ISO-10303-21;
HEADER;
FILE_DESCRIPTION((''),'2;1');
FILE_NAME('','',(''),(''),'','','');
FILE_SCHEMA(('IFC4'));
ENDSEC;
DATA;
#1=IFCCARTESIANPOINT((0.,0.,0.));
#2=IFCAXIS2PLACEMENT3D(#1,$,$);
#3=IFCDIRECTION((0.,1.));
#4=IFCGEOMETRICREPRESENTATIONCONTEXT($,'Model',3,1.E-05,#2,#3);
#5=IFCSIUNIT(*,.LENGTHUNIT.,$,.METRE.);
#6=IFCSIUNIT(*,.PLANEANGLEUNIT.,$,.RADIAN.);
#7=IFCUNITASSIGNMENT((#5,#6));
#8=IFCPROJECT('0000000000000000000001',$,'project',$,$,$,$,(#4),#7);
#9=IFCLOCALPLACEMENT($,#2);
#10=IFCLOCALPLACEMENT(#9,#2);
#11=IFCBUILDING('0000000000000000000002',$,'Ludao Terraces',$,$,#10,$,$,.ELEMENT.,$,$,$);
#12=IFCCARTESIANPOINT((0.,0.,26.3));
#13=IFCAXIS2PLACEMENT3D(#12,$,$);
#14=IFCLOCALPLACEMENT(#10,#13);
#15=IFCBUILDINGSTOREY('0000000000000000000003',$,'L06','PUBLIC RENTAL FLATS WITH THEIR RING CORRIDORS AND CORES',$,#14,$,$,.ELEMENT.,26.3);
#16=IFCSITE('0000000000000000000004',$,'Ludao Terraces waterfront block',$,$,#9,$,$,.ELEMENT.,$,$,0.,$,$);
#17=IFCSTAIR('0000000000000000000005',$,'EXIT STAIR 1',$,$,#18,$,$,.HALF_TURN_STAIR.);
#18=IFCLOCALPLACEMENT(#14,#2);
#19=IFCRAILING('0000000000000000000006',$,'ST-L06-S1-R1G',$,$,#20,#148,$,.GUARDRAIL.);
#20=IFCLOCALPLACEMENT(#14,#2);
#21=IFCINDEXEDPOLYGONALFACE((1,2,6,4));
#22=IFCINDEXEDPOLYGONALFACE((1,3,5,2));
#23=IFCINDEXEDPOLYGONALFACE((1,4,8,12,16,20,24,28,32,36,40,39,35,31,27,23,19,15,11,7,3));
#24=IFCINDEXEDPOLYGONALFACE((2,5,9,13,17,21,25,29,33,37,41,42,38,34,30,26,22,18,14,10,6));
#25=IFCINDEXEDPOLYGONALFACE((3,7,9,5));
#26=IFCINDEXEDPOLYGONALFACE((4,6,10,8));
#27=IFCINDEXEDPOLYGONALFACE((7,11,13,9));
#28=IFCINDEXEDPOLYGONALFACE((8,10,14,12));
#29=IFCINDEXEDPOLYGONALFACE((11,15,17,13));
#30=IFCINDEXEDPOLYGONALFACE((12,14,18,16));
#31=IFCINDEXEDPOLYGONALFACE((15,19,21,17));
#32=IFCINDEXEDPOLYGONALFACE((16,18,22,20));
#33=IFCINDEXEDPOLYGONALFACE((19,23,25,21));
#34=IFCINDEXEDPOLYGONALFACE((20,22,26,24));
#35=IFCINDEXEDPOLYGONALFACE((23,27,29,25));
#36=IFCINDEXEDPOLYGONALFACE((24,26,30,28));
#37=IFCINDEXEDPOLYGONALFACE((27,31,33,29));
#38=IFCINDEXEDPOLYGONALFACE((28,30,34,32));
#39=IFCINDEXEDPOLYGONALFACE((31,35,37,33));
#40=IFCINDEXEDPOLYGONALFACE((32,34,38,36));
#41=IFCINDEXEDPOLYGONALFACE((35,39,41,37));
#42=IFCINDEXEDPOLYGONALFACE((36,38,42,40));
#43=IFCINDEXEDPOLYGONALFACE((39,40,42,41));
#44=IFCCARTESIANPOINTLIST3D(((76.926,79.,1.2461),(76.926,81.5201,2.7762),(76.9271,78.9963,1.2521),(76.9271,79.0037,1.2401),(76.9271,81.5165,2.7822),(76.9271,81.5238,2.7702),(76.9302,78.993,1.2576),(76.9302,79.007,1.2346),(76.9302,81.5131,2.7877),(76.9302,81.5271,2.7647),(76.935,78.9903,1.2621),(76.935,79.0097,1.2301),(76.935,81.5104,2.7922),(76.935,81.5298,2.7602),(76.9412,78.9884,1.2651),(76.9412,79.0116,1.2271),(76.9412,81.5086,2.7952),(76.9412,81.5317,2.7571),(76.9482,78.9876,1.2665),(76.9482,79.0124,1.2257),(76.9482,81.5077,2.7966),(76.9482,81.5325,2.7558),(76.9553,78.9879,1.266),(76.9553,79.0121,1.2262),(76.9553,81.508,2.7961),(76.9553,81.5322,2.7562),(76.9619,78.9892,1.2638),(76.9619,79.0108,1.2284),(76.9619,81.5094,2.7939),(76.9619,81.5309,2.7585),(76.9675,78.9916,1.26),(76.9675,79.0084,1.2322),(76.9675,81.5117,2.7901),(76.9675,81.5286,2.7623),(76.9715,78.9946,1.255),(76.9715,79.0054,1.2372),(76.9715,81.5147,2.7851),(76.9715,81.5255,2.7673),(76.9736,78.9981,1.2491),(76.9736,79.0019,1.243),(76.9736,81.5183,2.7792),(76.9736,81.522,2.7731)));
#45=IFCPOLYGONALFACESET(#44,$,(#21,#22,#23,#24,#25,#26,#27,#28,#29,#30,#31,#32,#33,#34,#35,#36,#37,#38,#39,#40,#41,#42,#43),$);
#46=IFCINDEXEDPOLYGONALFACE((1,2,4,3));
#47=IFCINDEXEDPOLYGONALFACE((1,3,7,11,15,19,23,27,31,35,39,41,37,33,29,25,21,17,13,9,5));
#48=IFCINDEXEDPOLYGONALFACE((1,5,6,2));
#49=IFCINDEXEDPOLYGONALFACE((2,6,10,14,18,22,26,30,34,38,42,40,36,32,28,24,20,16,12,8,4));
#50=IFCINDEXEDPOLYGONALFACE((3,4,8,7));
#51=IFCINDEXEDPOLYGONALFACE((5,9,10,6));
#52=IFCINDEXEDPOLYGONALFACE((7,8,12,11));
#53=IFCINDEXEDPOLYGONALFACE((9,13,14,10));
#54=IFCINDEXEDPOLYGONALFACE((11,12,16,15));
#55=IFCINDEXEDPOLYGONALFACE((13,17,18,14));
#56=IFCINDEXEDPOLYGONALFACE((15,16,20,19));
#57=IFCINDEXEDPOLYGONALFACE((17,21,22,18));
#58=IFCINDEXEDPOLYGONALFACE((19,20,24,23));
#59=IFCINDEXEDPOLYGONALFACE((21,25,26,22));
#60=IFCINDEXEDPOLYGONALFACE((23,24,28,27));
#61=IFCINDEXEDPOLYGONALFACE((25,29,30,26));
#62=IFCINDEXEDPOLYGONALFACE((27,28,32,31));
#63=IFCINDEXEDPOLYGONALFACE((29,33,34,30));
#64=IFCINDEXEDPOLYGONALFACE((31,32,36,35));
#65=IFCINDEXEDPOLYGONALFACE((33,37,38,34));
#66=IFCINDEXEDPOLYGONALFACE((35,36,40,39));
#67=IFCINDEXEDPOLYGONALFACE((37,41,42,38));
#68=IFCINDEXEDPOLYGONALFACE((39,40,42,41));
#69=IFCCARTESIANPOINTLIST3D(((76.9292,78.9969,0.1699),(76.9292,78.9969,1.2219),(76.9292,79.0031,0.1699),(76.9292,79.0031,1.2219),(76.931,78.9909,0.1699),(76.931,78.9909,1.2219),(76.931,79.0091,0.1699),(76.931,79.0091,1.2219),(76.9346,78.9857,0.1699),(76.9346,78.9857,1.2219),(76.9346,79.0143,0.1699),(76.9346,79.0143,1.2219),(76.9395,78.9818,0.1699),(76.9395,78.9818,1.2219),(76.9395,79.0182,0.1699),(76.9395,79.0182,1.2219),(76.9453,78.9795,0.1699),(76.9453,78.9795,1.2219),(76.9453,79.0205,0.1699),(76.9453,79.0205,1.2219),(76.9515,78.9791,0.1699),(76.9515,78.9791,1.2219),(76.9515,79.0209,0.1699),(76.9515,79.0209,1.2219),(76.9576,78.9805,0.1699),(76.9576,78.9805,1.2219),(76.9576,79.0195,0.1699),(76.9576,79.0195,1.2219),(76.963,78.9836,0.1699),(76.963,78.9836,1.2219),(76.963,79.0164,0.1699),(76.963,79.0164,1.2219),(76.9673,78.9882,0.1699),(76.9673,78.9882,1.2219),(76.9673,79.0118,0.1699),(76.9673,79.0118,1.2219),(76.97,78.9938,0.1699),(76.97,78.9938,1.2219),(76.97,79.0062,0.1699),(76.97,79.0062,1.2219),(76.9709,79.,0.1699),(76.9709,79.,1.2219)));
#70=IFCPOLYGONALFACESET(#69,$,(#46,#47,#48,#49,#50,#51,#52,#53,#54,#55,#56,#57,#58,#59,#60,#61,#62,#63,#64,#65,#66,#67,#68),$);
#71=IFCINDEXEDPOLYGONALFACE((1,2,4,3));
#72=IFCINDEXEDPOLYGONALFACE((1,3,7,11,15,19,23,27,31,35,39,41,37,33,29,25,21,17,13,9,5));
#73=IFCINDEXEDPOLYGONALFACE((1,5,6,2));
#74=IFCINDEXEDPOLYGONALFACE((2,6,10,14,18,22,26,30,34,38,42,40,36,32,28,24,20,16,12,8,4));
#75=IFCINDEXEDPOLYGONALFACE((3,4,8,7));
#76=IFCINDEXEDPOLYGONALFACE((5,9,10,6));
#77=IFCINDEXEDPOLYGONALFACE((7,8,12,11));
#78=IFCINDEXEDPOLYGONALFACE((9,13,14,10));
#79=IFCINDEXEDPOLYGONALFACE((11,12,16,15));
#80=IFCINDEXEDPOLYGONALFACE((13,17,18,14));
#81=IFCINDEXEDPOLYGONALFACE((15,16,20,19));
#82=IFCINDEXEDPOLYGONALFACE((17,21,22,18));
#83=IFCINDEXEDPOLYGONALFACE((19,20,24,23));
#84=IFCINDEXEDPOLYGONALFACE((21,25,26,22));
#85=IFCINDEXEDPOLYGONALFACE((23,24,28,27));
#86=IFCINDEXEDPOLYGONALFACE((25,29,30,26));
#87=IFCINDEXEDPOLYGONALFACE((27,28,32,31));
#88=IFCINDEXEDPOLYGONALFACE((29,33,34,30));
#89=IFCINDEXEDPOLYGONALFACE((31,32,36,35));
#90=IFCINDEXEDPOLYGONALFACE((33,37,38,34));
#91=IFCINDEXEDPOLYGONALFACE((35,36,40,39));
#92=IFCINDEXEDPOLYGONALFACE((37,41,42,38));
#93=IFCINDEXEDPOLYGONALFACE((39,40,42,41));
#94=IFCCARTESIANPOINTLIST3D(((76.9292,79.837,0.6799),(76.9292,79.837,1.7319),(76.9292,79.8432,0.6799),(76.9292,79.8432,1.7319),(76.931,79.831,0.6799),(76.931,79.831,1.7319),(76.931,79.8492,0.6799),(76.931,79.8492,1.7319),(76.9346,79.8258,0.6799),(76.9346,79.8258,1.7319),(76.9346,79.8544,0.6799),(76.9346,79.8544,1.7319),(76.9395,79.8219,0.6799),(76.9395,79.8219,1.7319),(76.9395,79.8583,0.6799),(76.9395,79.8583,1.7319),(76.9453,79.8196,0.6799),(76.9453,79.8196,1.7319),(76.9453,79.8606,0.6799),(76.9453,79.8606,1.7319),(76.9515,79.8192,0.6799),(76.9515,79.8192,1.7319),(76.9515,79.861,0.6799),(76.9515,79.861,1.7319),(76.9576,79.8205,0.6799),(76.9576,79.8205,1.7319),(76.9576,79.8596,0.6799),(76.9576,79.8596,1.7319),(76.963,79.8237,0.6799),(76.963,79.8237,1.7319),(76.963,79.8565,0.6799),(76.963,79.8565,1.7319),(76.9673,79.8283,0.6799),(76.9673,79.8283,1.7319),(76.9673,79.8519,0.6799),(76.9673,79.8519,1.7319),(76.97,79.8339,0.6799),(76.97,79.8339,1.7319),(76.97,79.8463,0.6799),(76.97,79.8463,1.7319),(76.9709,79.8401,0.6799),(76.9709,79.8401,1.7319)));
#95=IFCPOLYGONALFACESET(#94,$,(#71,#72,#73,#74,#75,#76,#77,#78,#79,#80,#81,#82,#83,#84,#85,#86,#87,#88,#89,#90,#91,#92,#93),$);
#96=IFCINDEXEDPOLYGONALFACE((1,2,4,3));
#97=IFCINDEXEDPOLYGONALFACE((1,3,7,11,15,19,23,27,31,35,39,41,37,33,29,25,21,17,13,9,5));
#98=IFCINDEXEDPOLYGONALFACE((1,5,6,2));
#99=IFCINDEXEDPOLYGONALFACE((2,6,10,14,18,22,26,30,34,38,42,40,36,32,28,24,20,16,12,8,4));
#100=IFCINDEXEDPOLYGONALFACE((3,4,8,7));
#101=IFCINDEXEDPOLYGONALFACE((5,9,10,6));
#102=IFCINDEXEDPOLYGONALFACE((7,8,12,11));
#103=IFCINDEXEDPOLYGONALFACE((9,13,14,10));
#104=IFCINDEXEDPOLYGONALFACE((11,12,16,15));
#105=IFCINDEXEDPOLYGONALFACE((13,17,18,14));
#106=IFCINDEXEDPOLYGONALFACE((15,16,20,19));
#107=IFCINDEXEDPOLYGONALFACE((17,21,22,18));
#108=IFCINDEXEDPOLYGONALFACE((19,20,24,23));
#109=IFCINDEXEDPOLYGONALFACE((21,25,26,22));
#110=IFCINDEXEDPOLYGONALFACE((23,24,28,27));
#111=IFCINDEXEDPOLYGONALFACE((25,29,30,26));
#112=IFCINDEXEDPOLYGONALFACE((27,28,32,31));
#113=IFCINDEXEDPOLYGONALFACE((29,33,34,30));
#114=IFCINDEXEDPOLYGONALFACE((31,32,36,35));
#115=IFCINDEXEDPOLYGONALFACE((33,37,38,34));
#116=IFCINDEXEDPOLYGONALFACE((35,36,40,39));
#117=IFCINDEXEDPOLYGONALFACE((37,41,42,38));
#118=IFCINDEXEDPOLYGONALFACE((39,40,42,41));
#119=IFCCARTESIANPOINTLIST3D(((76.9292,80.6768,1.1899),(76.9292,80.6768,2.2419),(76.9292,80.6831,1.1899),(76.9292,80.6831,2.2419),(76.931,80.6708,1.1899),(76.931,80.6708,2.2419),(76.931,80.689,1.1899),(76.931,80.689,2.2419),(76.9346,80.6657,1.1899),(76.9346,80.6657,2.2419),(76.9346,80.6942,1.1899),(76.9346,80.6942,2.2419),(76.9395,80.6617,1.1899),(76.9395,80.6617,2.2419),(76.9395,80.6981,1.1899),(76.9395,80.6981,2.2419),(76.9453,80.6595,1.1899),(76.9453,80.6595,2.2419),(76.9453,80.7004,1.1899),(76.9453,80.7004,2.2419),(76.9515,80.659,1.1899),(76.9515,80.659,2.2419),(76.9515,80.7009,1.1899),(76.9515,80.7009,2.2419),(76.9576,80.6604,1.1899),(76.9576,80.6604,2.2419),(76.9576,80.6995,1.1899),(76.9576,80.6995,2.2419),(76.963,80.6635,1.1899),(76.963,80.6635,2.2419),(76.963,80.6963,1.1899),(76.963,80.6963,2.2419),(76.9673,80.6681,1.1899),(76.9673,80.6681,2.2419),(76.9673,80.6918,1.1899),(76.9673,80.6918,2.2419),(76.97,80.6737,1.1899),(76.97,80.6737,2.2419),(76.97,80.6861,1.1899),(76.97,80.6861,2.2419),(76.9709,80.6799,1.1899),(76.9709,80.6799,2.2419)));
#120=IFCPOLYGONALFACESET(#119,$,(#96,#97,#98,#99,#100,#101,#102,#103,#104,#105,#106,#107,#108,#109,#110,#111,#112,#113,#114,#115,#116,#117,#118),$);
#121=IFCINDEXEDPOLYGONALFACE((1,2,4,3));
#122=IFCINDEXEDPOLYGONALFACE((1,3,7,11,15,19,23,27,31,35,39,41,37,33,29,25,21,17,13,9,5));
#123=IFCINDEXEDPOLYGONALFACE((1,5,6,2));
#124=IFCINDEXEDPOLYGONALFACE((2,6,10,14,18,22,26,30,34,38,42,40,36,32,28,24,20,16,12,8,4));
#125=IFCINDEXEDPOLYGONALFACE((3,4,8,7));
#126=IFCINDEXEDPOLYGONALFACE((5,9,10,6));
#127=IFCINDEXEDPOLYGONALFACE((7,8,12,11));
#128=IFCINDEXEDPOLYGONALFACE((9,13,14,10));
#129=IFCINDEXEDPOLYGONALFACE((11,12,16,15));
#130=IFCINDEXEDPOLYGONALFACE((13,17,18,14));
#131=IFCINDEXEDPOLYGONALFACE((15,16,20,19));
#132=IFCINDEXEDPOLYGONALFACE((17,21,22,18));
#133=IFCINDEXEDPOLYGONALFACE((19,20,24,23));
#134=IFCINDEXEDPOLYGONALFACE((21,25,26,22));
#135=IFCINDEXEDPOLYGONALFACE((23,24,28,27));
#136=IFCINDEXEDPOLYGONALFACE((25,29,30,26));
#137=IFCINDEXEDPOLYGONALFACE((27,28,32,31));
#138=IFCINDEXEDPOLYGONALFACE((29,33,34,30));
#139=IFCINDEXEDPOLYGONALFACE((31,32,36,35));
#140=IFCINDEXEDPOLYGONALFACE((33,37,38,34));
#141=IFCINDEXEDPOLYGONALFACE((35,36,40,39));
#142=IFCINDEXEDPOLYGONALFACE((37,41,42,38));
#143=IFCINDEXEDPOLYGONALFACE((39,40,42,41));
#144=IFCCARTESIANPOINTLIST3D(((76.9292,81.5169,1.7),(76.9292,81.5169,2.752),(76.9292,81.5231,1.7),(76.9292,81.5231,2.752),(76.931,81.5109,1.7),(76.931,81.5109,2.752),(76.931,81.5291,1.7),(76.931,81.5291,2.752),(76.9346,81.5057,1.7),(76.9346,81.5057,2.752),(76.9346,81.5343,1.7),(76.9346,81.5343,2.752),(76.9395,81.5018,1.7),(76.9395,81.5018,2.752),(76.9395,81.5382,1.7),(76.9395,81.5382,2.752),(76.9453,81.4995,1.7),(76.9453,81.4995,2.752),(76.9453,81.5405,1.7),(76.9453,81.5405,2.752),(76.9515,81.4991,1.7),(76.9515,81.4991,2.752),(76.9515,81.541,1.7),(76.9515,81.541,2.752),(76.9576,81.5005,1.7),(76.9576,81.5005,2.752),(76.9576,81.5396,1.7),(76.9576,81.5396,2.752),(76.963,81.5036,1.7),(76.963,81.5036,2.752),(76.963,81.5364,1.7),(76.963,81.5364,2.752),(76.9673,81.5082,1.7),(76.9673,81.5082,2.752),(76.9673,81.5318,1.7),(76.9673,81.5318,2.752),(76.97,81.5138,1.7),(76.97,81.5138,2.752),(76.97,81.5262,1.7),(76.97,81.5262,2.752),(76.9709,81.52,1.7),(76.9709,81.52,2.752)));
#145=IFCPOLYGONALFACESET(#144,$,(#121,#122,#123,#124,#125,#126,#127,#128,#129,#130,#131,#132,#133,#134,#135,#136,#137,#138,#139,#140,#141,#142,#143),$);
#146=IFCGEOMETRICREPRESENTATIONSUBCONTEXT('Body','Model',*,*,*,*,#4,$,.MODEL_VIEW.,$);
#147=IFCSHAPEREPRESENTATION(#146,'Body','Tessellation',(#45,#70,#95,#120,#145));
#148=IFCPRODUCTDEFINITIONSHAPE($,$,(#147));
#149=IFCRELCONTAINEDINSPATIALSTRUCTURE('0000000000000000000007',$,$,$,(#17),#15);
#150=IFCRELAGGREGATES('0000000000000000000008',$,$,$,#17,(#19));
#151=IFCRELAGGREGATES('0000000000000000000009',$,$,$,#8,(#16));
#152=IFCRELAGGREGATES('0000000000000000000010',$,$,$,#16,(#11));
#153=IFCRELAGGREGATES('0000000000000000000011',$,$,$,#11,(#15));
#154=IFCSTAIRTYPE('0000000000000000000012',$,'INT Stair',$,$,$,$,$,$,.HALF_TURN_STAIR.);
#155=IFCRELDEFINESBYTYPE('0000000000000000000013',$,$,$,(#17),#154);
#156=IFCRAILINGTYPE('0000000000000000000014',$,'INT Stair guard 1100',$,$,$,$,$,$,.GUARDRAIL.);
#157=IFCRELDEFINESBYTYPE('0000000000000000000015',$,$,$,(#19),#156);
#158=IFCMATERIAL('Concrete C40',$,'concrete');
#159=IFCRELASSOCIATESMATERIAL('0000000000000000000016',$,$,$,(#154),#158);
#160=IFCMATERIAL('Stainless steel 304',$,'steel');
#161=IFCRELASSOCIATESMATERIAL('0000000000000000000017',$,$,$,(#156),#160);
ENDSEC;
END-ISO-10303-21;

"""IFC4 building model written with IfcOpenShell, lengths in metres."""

from ifc_helpers import new_model, si_unit, direction, frame, origin, origin_2d, place, context, subcontext, project, spatial, circle, extrude, material, type_object, element, aggregate, save


model = new_model("IFC4")

# Units and contexts
model_context = context("Model", 3, precision=1e-05, world=origin(), true_north=direction((0.0, 1.0)))
body_context = subcontext(model_context, "Body", "Model", "MODEL_VIEW")
ifc_project = project(units=[si_unit("LENGTHUNIT", "METRE"), si_unit("PLANEANGLEUNIT", "RADIAN")], contexts=[model_context])

# Site, building, storey
site_placement = place(None, origin())
site = spatial("IfcSite", under=ifc_project, at=site_placement, Name="Ludao Terraces waterfront block", CompositionType="ELEMENT", RefElevation=0.0)
building_placement = place(site_placement, origin())
building = spatial("IfcBuilding", under=site, at=building_placement, Name="Ludao Terraces", CompositionType="ELEMENT")
storey_placement = place(building_placement, frame((0.0, 0.0, 26.3)))
storey = spatial("IfcBuildingStorey", under=building, at=storey_placement, Name="L06", Description="PUBLIC RENTAL FLATS WITH THEIR RING CORRIDORS AND CORES", CompositionType="ELEMENT", Elevation=26.3)

# Stair, railing
ifc_material_1 = material(Name="Concrete C40", Category="concrete")
stair_type = type_object("IfcStairType", Name="INT Stair", PredefinedType="HALF_TURN_STAIR", material=ifc_material_1)
stair_placement = place(storey_placement, origin())
stair = element("IfcStair", 1, at=stair_placement, inside=storey, type_object=stair_type, Name="EXIT STAIR 1", PredefinedType="HALF_TURN_STAIR")
ifc_material_2 = material(Name="Stainless steel 304", Category="steel")
railing_type_1 = type_object("IfcRailingType", Name="INT Stair guard 1100", PredefinedType="GUARDRAIL", material=ifc_material_2)
railing_1_placement = place(storey_placement, frame((76.95, 79.0, 0.1699)))
railing_1 = element("IfcRailing", 2, at=railing_1_placement, type_object=railing_type_1, Name="ST-L06-S1-R1G", PredefinedType="GUARDRAIL", context=body_context, shape_type="SweptSolid", body=[
    extrude(circle(Radius=0.0239, at=origin_2d()), frame((0.0, 0.0, 1.0762), z_axis=(0.0, 0.854785, 0.518982), x_axis=(-1.0, 0.0, 0.0)), (0.0, 0.0, 1.0), 2.9482),
    extrude(circle(Radius=0.021, at=origin_2d()), origin(), (0.0, 0.0, 1.0), 1.052),
    extrude(circle(Radius=0.021, at=origin_2d()), frame((0.0, 0.8401, 0.51)), (0.0, 0.0, 1.0), 1.052),
    extrude(circle(Radius=0.021, at=origin_2d()), frame((0.0, 1.6799, 1.02)), (0.0, 0.0, 1.0), 1.052),
    extrude(circle(Radius=0.021, at=origin_2d()), frame((0.0, 2.52, 1.53)), (0.0, 0.0, 1.0), 1.052),
])
aggregate(stair, [railing_1])

save(model, "model.ifc")
